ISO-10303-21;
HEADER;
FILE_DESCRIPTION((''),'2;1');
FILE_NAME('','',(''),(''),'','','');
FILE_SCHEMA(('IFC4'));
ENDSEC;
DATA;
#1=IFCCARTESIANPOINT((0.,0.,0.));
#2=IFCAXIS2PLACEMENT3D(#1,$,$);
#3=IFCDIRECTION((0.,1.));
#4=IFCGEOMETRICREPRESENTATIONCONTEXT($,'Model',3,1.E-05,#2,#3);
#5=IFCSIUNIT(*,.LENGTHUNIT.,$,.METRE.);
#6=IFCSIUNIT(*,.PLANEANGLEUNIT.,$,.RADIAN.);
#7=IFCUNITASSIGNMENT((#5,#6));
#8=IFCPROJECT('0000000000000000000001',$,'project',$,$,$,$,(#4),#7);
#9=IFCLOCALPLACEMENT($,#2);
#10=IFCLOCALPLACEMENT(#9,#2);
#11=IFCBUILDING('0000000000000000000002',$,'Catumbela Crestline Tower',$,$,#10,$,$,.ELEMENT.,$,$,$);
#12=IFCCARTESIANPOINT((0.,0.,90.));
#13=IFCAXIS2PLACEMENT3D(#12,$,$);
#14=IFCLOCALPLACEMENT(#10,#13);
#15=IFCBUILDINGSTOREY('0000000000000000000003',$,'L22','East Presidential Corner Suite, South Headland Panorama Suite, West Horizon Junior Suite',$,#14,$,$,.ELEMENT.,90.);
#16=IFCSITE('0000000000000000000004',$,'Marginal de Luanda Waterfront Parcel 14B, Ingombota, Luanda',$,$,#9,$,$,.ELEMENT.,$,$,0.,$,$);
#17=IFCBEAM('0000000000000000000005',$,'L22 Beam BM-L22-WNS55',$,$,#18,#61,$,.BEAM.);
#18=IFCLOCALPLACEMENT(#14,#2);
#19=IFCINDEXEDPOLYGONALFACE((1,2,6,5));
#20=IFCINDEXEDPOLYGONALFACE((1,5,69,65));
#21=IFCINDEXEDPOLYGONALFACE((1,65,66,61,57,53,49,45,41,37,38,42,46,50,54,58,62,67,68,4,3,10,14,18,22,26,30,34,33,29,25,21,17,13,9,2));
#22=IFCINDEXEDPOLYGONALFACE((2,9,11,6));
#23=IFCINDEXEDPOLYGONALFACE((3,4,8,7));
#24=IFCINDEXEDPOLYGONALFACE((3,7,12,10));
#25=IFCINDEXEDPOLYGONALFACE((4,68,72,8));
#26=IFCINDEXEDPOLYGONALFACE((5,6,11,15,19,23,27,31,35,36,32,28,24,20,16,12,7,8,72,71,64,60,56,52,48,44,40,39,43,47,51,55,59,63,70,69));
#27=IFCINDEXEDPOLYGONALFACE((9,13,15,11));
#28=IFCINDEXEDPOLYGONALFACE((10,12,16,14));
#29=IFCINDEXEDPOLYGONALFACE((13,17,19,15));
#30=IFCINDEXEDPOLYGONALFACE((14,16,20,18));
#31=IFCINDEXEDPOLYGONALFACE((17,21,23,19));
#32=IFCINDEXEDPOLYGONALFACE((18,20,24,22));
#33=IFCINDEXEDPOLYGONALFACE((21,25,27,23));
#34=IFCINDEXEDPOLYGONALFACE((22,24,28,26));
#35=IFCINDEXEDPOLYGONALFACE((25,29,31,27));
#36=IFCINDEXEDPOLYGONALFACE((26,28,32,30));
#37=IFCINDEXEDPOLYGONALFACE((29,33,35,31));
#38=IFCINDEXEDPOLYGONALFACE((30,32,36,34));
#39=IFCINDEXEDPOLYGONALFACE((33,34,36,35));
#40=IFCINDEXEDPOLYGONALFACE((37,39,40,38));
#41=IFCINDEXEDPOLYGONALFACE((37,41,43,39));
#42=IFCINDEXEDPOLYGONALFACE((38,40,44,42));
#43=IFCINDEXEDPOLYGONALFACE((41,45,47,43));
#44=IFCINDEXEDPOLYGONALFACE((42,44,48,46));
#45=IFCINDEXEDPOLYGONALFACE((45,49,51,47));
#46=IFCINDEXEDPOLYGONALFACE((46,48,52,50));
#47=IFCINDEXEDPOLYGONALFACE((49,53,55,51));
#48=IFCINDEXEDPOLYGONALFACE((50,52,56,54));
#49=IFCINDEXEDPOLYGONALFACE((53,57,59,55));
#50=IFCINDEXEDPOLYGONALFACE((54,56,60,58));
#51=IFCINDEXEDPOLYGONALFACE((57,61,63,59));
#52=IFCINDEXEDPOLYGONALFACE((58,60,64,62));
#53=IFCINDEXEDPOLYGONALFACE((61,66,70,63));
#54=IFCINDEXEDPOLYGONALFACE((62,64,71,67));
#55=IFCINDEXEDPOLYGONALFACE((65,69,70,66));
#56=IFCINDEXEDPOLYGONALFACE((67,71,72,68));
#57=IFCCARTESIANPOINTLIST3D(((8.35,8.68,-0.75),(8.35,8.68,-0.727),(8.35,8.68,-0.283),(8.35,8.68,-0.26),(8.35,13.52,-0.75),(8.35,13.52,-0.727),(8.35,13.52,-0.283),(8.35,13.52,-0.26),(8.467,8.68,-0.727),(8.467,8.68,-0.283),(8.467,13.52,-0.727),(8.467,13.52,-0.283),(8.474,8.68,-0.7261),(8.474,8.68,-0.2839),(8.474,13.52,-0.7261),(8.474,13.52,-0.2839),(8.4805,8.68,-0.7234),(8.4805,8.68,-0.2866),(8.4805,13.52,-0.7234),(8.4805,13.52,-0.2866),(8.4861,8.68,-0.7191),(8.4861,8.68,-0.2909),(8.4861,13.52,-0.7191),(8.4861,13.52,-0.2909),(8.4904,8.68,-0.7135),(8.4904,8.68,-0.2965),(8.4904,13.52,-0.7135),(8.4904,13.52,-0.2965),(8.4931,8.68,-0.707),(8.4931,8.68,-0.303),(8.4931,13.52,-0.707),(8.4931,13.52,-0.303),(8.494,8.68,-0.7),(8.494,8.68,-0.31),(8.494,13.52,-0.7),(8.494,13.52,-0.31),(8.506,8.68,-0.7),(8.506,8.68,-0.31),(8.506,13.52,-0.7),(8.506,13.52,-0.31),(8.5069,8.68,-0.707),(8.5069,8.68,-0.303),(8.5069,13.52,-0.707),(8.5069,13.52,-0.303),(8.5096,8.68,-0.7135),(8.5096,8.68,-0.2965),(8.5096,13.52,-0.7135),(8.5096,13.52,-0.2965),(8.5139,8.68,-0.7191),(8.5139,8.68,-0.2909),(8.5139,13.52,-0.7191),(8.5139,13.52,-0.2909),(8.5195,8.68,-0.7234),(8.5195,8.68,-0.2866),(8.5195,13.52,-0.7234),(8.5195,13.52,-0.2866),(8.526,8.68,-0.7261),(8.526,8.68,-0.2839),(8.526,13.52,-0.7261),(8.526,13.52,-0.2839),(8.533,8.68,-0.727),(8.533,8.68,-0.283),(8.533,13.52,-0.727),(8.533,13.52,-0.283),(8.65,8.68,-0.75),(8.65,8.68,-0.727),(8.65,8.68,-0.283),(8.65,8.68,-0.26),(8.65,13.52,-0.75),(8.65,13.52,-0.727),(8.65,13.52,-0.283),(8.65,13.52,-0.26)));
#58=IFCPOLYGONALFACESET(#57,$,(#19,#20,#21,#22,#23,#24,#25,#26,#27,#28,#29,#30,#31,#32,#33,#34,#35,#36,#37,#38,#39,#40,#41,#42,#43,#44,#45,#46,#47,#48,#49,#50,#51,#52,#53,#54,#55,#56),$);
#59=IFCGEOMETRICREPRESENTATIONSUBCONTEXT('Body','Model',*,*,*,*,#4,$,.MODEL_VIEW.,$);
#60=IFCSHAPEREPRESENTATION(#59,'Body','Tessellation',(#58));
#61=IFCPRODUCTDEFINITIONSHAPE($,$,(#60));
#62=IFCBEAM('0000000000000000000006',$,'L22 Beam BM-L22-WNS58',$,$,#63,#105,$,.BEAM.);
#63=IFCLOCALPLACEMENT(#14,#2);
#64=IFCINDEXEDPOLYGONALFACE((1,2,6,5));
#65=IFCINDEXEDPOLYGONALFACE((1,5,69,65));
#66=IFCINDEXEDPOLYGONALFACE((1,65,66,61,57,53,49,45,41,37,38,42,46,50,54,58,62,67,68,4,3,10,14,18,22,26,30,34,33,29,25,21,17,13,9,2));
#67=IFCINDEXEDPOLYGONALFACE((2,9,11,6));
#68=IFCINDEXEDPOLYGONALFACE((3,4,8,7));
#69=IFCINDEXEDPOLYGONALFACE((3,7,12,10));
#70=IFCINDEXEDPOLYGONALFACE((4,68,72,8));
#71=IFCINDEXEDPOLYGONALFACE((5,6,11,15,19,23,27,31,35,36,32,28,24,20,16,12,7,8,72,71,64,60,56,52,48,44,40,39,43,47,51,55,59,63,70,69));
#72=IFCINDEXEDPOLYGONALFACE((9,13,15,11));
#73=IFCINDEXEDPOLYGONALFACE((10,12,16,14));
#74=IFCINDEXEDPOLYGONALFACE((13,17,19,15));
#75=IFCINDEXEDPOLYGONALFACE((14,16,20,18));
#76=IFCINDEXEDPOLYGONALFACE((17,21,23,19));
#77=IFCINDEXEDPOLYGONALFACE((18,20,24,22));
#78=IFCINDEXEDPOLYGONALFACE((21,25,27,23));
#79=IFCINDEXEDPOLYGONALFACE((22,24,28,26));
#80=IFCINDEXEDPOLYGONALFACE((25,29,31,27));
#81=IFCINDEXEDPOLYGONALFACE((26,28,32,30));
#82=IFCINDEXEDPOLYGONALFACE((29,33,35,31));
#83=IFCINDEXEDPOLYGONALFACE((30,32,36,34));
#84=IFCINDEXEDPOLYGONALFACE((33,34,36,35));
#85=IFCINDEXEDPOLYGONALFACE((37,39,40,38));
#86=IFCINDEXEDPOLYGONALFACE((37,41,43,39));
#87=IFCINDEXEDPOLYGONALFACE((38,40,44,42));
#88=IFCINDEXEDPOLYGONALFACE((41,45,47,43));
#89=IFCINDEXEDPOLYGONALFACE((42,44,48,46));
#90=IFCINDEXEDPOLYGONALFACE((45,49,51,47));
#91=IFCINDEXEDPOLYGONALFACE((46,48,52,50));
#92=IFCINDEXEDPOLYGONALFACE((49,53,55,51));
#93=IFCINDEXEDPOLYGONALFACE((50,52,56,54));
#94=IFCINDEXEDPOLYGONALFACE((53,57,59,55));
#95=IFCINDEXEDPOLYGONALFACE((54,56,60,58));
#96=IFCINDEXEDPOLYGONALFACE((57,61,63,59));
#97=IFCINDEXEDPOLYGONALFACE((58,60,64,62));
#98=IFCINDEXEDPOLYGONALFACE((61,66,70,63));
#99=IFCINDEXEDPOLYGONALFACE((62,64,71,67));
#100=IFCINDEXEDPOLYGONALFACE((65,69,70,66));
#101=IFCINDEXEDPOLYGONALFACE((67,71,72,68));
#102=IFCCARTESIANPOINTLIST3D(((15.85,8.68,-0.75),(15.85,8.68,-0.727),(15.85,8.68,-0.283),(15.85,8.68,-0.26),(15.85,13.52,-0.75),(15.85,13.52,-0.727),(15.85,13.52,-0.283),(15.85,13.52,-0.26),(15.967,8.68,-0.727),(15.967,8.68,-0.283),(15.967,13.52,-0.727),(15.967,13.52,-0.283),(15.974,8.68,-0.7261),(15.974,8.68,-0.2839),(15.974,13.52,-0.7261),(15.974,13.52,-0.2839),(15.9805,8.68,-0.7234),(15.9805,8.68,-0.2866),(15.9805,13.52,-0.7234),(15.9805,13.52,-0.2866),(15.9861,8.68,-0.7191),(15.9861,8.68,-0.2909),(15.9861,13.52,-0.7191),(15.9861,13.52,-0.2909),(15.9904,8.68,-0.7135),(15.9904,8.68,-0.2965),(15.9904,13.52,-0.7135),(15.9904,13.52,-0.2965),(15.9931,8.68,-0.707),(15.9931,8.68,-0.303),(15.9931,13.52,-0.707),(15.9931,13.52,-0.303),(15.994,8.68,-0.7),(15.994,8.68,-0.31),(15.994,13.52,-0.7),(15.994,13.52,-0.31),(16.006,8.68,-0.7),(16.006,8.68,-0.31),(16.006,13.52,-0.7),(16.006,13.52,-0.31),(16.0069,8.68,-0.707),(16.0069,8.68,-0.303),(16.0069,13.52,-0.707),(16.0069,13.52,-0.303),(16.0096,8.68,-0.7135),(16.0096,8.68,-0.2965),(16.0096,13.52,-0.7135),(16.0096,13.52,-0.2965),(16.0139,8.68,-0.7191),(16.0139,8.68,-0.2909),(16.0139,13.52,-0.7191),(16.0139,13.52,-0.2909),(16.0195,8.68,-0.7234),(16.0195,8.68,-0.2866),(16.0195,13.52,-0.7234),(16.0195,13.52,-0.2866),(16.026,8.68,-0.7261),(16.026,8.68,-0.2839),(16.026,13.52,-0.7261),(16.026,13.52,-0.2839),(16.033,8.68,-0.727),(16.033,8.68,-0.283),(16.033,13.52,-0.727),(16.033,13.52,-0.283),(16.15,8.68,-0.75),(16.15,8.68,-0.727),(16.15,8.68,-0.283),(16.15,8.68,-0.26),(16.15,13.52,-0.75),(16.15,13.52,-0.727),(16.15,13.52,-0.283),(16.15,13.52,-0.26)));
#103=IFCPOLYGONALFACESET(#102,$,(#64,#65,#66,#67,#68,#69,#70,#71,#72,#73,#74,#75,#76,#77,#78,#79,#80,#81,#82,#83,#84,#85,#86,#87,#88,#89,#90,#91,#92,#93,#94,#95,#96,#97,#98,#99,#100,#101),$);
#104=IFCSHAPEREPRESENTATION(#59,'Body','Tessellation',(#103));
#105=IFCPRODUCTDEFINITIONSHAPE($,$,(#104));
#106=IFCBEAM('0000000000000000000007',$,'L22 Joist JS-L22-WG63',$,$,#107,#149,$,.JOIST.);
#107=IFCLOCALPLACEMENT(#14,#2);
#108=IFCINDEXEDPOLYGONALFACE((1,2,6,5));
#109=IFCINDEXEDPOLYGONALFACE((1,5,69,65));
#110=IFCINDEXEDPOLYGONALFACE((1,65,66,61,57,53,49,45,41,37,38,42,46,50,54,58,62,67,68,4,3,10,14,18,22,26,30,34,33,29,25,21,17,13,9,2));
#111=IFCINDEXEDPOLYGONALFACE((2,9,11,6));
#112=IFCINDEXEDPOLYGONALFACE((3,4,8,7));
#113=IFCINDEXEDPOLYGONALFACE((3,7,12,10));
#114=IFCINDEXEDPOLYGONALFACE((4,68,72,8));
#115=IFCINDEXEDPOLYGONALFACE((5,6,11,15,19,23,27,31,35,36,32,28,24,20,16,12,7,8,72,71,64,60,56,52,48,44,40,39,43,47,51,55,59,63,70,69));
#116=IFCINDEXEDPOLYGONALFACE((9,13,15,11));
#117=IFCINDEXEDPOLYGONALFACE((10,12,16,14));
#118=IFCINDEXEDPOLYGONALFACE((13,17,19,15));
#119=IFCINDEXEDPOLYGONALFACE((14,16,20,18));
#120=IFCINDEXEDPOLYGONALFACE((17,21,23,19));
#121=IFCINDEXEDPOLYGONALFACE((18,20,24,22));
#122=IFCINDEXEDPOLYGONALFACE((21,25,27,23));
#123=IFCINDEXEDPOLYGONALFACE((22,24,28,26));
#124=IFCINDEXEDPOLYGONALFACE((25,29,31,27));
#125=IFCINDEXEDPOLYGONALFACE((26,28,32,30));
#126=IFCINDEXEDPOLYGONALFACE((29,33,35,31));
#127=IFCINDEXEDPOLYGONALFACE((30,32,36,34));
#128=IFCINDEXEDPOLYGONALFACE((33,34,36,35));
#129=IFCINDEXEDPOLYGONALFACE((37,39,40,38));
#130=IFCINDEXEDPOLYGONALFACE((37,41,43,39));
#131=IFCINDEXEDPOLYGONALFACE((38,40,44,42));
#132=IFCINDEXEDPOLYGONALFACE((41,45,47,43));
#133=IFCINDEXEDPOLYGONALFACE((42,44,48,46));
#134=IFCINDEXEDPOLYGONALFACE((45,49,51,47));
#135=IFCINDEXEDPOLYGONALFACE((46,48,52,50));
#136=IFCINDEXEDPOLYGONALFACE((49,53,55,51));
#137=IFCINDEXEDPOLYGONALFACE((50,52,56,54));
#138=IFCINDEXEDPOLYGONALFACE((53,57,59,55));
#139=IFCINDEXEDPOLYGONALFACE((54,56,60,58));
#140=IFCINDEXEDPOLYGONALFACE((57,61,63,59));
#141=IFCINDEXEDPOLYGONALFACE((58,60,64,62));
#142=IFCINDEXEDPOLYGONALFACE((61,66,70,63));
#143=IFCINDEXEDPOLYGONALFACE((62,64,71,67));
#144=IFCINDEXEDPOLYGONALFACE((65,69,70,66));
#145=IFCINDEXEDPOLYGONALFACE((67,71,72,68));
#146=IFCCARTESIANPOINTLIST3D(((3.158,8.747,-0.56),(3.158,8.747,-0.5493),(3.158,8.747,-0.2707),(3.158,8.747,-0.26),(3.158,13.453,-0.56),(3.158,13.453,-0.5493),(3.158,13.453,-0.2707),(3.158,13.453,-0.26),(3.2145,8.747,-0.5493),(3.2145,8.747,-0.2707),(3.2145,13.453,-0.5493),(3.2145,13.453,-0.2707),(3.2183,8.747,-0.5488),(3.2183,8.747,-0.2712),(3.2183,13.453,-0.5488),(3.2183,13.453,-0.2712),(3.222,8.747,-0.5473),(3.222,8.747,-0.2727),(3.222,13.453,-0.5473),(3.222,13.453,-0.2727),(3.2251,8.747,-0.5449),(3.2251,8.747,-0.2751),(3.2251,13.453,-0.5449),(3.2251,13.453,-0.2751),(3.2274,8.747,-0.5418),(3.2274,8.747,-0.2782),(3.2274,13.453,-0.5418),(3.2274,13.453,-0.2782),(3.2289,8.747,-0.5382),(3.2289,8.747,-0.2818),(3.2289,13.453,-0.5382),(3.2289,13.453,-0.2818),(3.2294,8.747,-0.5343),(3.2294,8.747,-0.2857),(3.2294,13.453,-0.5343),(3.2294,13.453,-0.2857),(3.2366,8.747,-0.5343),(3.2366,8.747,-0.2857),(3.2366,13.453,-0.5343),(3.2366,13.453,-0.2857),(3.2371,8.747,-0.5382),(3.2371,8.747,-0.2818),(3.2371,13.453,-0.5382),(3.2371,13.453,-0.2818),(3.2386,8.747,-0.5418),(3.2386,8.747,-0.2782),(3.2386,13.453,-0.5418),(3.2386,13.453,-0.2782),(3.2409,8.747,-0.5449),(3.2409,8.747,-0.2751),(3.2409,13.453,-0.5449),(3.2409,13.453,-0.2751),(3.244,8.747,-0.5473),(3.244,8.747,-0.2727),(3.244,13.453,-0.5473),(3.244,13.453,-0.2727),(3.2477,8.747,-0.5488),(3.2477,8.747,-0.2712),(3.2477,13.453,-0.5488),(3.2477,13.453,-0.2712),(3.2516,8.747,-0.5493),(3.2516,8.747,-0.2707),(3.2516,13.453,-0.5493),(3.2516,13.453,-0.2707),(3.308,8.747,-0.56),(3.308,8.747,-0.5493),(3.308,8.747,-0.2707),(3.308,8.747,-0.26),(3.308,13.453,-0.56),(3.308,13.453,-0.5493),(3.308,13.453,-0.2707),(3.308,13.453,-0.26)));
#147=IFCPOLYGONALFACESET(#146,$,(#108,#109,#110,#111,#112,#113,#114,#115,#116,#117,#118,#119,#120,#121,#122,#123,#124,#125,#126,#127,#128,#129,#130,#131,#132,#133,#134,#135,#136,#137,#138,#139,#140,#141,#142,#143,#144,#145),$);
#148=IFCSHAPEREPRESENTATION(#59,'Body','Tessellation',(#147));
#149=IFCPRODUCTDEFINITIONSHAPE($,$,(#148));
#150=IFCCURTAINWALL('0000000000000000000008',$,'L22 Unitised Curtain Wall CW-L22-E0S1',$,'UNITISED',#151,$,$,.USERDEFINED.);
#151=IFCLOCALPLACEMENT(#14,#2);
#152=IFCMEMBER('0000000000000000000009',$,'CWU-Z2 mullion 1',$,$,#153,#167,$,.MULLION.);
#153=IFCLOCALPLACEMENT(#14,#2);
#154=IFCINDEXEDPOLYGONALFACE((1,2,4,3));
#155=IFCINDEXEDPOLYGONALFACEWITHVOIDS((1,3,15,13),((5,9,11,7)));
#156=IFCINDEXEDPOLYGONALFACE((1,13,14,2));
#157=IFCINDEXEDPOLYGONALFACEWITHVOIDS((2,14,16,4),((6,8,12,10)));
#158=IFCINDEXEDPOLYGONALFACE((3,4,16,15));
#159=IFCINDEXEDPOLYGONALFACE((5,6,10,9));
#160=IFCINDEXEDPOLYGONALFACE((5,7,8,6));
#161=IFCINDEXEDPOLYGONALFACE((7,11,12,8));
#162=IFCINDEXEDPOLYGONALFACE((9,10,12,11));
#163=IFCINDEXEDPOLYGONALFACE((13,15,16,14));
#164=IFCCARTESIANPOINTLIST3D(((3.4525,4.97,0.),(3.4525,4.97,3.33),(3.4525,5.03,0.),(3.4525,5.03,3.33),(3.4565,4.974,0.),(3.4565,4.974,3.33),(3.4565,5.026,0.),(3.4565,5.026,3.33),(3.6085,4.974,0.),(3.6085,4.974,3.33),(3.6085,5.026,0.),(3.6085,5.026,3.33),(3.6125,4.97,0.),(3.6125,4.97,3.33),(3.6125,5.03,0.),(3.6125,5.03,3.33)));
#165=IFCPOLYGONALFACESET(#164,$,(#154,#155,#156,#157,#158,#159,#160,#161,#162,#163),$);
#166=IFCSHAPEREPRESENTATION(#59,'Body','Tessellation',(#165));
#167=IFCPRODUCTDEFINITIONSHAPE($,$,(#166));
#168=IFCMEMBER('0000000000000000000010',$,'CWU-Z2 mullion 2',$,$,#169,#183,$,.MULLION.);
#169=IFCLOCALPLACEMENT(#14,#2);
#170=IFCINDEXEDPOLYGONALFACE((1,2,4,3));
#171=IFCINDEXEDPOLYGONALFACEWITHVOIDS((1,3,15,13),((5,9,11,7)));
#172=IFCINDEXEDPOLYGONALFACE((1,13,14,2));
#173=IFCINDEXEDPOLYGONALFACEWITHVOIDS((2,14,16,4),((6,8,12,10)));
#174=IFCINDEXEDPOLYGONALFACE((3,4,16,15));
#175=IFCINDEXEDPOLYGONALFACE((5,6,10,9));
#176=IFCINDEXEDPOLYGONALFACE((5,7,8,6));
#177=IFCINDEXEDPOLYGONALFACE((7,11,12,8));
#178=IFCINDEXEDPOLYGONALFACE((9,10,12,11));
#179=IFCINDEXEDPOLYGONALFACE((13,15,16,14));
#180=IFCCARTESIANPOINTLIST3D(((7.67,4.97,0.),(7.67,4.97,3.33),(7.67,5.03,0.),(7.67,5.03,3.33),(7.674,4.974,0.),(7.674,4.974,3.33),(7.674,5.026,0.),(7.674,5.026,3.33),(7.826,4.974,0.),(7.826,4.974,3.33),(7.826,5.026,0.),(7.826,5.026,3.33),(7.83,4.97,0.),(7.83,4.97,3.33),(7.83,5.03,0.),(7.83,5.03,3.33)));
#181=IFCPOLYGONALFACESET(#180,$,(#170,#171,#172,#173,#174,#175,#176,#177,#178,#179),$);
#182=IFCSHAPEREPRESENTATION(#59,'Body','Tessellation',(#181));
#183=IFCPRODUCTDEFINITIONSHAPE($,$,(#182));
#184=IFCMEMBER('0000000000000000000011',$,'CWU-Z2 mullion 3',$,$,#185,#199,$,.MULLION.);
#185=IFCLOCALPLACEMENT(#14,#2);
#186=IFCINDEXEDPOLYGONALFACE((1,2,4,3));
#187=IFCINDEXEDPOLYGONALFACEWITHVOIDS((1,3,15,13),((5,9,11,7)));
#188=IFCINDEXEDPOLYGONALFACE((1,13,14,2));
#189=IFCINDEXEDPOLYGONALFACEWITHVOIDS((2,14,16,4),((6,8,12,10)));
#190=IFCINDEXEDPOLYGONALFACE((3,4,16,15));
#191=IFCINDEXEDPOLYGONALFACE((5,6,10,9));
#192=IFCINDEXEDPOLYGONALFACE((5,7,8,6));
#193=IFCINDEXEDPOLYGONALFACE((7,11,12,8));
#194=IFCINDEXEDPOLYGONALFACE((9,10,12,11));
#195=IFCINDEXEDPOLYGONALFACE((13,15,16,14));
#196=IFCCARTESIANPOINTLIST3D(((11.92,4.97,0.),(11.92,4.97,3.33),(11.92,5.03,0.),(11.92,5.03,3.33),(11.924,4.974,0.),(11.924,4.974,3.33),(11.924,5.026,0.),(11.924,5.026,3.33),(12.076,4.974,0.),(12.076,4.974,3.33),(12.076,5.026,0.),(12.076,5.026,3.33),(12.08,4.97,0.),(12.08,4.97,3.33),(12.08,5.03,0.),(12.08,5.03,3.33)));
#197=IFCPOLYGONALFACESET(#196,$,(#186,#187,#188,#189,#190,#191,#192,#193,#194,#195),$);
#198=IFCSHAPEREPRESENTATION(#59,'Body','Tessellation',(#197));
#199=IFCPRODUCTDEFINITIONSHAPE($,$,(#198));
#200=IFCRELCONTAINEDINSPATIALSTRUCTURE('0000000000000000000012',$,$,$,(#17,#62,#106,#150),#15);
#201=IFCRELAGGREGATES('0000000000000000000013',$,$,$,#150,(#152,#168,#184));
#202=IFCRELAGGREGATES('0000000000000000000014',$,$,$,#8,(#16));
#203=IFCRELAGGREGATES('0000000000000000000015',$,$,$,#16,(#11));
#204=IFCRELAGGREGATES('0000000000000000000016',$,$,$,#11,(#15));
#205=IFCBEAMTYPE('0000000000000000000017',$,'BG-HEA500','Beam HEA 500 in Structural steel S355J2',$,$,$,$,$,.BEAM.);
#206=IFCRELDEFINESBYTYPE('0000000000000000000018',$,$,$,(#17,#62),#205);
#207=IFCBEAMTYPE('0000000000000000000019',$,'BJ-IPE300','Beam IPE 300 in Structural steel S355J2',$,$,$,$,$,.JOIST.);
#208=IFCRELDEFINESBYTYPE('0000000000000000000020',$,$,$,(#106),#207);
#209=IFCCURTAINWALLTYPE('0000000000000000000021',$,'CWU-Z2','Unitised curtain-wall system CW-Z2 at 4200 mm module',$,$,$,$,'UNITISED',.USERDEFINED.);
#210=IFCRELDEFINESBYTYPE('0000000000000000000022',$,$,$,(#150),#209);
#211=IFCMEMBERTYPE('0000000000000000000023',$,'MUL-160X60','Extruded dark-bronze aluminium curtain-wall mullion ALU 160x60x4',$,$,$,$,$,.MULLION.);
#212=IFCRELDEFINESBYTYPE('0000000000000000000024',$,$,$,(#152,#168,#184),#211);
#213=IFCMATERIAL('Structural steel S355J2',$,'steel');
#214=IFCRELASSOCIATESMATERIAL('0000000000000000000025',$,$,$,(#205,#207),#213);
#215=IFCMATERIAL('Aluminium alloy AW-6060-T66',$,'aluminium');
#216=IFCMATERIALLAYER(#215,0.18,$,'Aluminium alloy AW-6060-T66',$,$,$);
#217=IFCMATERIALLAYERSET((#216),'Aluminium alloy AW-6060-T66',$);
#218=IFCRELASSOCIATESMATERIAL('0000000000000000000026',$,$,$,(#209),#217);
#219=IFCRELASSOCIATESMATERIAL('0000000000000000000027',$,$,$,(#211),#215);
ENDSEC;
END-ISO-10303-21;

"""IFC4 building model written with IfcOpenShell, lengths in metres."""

from ifc_helpers import new_model, si_unit, direction, frame, origin, origin_2d, place, context, subcontext, project, spatial, hollow_rectangle, i_section, extrude, material, layer, layer_set, material_profile, profile_set, type_object, element, aggregate, save


model = new_model("IFC4")

# Units and contexts
model_context = context("Model", 3, precision=1e-05, world=origin(), true_north=direction((0.0, 1.0)))
body_context = subcontext(model_context, "Body", "Model", "MODEL_VIEW")
ifc_project = project(units=[si_unit("LENGTHUNIT", "METRE"), si_unit("PLANEANGLEUNIT", "RADIAN")], contexts=[model_context])

# Site, building, storey
site_placement = place(None, origin())
site = spatial("IfcSite", under=ifc_project, at=site_placement, Name="Marginal de Luanda Waterfront Parcel 14B, Ingombota, Luanda", CompositionType="ELEMENT", RefElevation=0.0)
building_placement = place(site_placement, origin())
building = spatial("IfcBuilding", under=site, at=building_placement, Name="Catumbela Crestline Tower", CompositionType="ELEMENT")
storey_placement = place(building_placement, frame((0.0, 0.0, 90.0)))
storey = spatial("IfcBuildingStorey", under=building, at=storey_placement, Name="L22", Description="East Presidential Corner Suite, South Headland Panorama Suite, West Horizon Junior Suite", CompositionType="ELEMENT", Elevation=90.0)

# Beams
ifc_material_1 = material(Name="Structural steel S355J2", Category="steel")
ifc_material_profile_1 = material_profile(ifc_material_1, i_section(OverallWidth=0.3, OverallDepth=0.49, WebThickness=0.012, FlangeThickness=0.023, FilletRadius=0.027, at=origin_2d()), Name="HEA 500")
ifc_profile_set_1 = profile_set([ifc_material_profile_1], Name="Structural steel S355J2")
beam_type_1 = type_object("IfcBeamType", Name="BG-HEA500", Description="Beam HEA 500 in Structural steel S355J2", PredefinedType="BEAM", material=ifc_profile_set_1)
for number, where, z_axis, x_axis, name in (
    (1, (8.5, 8.68, -0.505), (0.0, 1.0, 0.0), (-1.0, 0.0, 0.0), "L22 Beam BM-L22-WNS55"),
    (2, (16.0, 8.68, -0.505), (0.0, 1.0, 0.0), (-1.0, 0.0, 0.0), "L22 Beam BM-L22-WNS58"),
):
    element("IfcBeam", number, at=place(storey_placement, frame(where, z_axis=z_axis, x_axis=x_axis)), inside=storey, type_object=beam_type_1, Name=name, PredefinedType="BEAM", context=body_context, shape_type="SweptSolid", body=[
        extrude(i_section(OverallWidth=0.3, OverallDepth=0.49, WebThickness=0.012, FlangeThickness=0.023, FilletRadius=0.027, at=origin_2d()), origin(), (0.0, 0.0, 1.0), 4.84),
    ])
ifc_material_profile_2 = material_profile(ifc_material_1, i_section(OverallWidth=0.15, OverallDepth=0.3, WebThickness=0.0071, FlangeThickness=0.0107, FilletRadius=0.015, at=origin_2d()), Name="IPE 300")
ifc_profile_set_2 = profile_set([ifc_material_profile_2], Name="Structural steel S355J2")
beam_type_2 = type_object("IfcBeamType", Name="BJ-IPE300", Description="Beam IPE 300 in Structural steel S355J2", PredefinedType="JOIST", material=ifc_profile_set_2)
beam_1_placement = place(storey_placement, frame((3.233, 8.747, -0.41), z_axis=(0.0, 1.0, 0.0), x_axis=(-1.0, 0.0, 0.0)))
element("IfcBeam", 3, at=beam_1_placement, inside=storey, type_object=beam_type_2, Name="L22 Joist JS-L22-WG63", PredefinedType="JOIST", context=body_context, shape_type="SweptSolid", body=[
    extrude(i_section(OverallWidth=0.15, OverallDepth=0.3, WebThickness=0.0071, FlangeThickness=0.0107, FilletRadius=0.015, at=origin_2d()), origin(), (0.0, 0.0, 1.0), 4.706),
])

# Curtain wall, members
ifc_material_2 = material(Name="Aluminium alloy AW-6060-T66", Category="aluminium")
ifc_layer_1 = layer(ifc_material_2, 0.18, Name="Aluminium alloy AW-6060-T66")
ifc_layer_set_1 = layer_set([ifc_layer_1], Name="Aluminium alloy AW-6060-T66")
curtain_wall_type = type_object("IfcCurtainWallType", Name="CWU-Z2", Description="Unitised curtain-wall system CW-Z2 at 4200 mm module", ElementType="UNITISED", PredefinedType="USERDEFINED", material=ifc_layer_set_1)
curtain_wall_placement = place(storey_placement, origin())
curtain_wall = element("IfcCurtainWall", 4, at=curtain_wall_placement, inside=storey, type_object=curtain_wall_type, Name="L22 Unitised Curtain Wall CW-L22-E0S1", ObjectType="UNITISED", PredefinedType="USERDEFINED")
ifc_material_profile_3 = material_profile(ifc_material_2, hollow_rectangle(XDim=0.06, YDim=0.16, WallThickness=0.004, at=origin_2d()), Name="ALU 160x60x4")
ifc_profile_set_3 = profile_set([ifc_material_profile_3], Name="Aluminium alloy AW-6060-T66")
member_type_1 = type_object("IfcMemberType", Name="MUL-160X60", Description="Extruded dark-bronze aluminium curtain-wall mullion ALU 160x60x4", PredefinedType="MULLION", material=ifc_profile_set_3)
member_1_placement = place(storey_placement, frame((3.5325, 5.0, 0.0), z_axis=(0.0, 0.0, 1.0), x_axis=(0.0, 1.0, 0.0)))
member_1 = element("IfcMember", 5, at=member_1_placement, type_object=member_type_1, Name="CWU-Z2 mullion 1", PredefinedType="MULLION", context=body_context, shape_type="SweptSolid", body=[
    extrude(hollow_rectangle(XDim=0.06, YDim=0.16, WallThickness=0.004, at=origin_2d()), origin(), (0.0, 0.0, 1.0), 3.33),
])
member_2_placement = place(storey_placement, frame((7.75, 5.0, 0.0), z_axis=(0.0, 0.0, 1.0), x_axis=(0.0, 1.0, 0.0)))
member_2 = element("IfcMember", 6, at=member_2_placement, type_object=member_type_1, Name="CWU-Z2 mullion 2", PredefinedType="MULLION", context=body_context, shape_type="SweptSolid", body=[
    extrude(hollow_rectangle(XDim=0.06, YDim=0.16, WallThickness=0.004, at=origin_2d()), origin(), (0.0, 0.0, 1.0), 3.33),
])
member_3_placement = place(storey_placement, frame((12.0, 5.0, 0.0), z_axis=(0.0, 0.0, 1.0), x_axis=(0.0, 1.0, 0.0)))
member_3 = element("IfcMember", 7, at=member_3_placement, type_object=member_type_1, Name="CWU-Z2 mullion 3", PredefinedType="MULLION", context=body_context, shape_type="SweptSolid", body=[
    extrude(hollow_rectangle(XDim=0.06, YDim=0.16, WallThickness=0.004, at=origin_2d()), origin(), (0.0, 0.0, 1.0), 3.33),
])
aggregate(curtain_wall, [member_1, member_2, member_3])

save(model, "model.ifc")
